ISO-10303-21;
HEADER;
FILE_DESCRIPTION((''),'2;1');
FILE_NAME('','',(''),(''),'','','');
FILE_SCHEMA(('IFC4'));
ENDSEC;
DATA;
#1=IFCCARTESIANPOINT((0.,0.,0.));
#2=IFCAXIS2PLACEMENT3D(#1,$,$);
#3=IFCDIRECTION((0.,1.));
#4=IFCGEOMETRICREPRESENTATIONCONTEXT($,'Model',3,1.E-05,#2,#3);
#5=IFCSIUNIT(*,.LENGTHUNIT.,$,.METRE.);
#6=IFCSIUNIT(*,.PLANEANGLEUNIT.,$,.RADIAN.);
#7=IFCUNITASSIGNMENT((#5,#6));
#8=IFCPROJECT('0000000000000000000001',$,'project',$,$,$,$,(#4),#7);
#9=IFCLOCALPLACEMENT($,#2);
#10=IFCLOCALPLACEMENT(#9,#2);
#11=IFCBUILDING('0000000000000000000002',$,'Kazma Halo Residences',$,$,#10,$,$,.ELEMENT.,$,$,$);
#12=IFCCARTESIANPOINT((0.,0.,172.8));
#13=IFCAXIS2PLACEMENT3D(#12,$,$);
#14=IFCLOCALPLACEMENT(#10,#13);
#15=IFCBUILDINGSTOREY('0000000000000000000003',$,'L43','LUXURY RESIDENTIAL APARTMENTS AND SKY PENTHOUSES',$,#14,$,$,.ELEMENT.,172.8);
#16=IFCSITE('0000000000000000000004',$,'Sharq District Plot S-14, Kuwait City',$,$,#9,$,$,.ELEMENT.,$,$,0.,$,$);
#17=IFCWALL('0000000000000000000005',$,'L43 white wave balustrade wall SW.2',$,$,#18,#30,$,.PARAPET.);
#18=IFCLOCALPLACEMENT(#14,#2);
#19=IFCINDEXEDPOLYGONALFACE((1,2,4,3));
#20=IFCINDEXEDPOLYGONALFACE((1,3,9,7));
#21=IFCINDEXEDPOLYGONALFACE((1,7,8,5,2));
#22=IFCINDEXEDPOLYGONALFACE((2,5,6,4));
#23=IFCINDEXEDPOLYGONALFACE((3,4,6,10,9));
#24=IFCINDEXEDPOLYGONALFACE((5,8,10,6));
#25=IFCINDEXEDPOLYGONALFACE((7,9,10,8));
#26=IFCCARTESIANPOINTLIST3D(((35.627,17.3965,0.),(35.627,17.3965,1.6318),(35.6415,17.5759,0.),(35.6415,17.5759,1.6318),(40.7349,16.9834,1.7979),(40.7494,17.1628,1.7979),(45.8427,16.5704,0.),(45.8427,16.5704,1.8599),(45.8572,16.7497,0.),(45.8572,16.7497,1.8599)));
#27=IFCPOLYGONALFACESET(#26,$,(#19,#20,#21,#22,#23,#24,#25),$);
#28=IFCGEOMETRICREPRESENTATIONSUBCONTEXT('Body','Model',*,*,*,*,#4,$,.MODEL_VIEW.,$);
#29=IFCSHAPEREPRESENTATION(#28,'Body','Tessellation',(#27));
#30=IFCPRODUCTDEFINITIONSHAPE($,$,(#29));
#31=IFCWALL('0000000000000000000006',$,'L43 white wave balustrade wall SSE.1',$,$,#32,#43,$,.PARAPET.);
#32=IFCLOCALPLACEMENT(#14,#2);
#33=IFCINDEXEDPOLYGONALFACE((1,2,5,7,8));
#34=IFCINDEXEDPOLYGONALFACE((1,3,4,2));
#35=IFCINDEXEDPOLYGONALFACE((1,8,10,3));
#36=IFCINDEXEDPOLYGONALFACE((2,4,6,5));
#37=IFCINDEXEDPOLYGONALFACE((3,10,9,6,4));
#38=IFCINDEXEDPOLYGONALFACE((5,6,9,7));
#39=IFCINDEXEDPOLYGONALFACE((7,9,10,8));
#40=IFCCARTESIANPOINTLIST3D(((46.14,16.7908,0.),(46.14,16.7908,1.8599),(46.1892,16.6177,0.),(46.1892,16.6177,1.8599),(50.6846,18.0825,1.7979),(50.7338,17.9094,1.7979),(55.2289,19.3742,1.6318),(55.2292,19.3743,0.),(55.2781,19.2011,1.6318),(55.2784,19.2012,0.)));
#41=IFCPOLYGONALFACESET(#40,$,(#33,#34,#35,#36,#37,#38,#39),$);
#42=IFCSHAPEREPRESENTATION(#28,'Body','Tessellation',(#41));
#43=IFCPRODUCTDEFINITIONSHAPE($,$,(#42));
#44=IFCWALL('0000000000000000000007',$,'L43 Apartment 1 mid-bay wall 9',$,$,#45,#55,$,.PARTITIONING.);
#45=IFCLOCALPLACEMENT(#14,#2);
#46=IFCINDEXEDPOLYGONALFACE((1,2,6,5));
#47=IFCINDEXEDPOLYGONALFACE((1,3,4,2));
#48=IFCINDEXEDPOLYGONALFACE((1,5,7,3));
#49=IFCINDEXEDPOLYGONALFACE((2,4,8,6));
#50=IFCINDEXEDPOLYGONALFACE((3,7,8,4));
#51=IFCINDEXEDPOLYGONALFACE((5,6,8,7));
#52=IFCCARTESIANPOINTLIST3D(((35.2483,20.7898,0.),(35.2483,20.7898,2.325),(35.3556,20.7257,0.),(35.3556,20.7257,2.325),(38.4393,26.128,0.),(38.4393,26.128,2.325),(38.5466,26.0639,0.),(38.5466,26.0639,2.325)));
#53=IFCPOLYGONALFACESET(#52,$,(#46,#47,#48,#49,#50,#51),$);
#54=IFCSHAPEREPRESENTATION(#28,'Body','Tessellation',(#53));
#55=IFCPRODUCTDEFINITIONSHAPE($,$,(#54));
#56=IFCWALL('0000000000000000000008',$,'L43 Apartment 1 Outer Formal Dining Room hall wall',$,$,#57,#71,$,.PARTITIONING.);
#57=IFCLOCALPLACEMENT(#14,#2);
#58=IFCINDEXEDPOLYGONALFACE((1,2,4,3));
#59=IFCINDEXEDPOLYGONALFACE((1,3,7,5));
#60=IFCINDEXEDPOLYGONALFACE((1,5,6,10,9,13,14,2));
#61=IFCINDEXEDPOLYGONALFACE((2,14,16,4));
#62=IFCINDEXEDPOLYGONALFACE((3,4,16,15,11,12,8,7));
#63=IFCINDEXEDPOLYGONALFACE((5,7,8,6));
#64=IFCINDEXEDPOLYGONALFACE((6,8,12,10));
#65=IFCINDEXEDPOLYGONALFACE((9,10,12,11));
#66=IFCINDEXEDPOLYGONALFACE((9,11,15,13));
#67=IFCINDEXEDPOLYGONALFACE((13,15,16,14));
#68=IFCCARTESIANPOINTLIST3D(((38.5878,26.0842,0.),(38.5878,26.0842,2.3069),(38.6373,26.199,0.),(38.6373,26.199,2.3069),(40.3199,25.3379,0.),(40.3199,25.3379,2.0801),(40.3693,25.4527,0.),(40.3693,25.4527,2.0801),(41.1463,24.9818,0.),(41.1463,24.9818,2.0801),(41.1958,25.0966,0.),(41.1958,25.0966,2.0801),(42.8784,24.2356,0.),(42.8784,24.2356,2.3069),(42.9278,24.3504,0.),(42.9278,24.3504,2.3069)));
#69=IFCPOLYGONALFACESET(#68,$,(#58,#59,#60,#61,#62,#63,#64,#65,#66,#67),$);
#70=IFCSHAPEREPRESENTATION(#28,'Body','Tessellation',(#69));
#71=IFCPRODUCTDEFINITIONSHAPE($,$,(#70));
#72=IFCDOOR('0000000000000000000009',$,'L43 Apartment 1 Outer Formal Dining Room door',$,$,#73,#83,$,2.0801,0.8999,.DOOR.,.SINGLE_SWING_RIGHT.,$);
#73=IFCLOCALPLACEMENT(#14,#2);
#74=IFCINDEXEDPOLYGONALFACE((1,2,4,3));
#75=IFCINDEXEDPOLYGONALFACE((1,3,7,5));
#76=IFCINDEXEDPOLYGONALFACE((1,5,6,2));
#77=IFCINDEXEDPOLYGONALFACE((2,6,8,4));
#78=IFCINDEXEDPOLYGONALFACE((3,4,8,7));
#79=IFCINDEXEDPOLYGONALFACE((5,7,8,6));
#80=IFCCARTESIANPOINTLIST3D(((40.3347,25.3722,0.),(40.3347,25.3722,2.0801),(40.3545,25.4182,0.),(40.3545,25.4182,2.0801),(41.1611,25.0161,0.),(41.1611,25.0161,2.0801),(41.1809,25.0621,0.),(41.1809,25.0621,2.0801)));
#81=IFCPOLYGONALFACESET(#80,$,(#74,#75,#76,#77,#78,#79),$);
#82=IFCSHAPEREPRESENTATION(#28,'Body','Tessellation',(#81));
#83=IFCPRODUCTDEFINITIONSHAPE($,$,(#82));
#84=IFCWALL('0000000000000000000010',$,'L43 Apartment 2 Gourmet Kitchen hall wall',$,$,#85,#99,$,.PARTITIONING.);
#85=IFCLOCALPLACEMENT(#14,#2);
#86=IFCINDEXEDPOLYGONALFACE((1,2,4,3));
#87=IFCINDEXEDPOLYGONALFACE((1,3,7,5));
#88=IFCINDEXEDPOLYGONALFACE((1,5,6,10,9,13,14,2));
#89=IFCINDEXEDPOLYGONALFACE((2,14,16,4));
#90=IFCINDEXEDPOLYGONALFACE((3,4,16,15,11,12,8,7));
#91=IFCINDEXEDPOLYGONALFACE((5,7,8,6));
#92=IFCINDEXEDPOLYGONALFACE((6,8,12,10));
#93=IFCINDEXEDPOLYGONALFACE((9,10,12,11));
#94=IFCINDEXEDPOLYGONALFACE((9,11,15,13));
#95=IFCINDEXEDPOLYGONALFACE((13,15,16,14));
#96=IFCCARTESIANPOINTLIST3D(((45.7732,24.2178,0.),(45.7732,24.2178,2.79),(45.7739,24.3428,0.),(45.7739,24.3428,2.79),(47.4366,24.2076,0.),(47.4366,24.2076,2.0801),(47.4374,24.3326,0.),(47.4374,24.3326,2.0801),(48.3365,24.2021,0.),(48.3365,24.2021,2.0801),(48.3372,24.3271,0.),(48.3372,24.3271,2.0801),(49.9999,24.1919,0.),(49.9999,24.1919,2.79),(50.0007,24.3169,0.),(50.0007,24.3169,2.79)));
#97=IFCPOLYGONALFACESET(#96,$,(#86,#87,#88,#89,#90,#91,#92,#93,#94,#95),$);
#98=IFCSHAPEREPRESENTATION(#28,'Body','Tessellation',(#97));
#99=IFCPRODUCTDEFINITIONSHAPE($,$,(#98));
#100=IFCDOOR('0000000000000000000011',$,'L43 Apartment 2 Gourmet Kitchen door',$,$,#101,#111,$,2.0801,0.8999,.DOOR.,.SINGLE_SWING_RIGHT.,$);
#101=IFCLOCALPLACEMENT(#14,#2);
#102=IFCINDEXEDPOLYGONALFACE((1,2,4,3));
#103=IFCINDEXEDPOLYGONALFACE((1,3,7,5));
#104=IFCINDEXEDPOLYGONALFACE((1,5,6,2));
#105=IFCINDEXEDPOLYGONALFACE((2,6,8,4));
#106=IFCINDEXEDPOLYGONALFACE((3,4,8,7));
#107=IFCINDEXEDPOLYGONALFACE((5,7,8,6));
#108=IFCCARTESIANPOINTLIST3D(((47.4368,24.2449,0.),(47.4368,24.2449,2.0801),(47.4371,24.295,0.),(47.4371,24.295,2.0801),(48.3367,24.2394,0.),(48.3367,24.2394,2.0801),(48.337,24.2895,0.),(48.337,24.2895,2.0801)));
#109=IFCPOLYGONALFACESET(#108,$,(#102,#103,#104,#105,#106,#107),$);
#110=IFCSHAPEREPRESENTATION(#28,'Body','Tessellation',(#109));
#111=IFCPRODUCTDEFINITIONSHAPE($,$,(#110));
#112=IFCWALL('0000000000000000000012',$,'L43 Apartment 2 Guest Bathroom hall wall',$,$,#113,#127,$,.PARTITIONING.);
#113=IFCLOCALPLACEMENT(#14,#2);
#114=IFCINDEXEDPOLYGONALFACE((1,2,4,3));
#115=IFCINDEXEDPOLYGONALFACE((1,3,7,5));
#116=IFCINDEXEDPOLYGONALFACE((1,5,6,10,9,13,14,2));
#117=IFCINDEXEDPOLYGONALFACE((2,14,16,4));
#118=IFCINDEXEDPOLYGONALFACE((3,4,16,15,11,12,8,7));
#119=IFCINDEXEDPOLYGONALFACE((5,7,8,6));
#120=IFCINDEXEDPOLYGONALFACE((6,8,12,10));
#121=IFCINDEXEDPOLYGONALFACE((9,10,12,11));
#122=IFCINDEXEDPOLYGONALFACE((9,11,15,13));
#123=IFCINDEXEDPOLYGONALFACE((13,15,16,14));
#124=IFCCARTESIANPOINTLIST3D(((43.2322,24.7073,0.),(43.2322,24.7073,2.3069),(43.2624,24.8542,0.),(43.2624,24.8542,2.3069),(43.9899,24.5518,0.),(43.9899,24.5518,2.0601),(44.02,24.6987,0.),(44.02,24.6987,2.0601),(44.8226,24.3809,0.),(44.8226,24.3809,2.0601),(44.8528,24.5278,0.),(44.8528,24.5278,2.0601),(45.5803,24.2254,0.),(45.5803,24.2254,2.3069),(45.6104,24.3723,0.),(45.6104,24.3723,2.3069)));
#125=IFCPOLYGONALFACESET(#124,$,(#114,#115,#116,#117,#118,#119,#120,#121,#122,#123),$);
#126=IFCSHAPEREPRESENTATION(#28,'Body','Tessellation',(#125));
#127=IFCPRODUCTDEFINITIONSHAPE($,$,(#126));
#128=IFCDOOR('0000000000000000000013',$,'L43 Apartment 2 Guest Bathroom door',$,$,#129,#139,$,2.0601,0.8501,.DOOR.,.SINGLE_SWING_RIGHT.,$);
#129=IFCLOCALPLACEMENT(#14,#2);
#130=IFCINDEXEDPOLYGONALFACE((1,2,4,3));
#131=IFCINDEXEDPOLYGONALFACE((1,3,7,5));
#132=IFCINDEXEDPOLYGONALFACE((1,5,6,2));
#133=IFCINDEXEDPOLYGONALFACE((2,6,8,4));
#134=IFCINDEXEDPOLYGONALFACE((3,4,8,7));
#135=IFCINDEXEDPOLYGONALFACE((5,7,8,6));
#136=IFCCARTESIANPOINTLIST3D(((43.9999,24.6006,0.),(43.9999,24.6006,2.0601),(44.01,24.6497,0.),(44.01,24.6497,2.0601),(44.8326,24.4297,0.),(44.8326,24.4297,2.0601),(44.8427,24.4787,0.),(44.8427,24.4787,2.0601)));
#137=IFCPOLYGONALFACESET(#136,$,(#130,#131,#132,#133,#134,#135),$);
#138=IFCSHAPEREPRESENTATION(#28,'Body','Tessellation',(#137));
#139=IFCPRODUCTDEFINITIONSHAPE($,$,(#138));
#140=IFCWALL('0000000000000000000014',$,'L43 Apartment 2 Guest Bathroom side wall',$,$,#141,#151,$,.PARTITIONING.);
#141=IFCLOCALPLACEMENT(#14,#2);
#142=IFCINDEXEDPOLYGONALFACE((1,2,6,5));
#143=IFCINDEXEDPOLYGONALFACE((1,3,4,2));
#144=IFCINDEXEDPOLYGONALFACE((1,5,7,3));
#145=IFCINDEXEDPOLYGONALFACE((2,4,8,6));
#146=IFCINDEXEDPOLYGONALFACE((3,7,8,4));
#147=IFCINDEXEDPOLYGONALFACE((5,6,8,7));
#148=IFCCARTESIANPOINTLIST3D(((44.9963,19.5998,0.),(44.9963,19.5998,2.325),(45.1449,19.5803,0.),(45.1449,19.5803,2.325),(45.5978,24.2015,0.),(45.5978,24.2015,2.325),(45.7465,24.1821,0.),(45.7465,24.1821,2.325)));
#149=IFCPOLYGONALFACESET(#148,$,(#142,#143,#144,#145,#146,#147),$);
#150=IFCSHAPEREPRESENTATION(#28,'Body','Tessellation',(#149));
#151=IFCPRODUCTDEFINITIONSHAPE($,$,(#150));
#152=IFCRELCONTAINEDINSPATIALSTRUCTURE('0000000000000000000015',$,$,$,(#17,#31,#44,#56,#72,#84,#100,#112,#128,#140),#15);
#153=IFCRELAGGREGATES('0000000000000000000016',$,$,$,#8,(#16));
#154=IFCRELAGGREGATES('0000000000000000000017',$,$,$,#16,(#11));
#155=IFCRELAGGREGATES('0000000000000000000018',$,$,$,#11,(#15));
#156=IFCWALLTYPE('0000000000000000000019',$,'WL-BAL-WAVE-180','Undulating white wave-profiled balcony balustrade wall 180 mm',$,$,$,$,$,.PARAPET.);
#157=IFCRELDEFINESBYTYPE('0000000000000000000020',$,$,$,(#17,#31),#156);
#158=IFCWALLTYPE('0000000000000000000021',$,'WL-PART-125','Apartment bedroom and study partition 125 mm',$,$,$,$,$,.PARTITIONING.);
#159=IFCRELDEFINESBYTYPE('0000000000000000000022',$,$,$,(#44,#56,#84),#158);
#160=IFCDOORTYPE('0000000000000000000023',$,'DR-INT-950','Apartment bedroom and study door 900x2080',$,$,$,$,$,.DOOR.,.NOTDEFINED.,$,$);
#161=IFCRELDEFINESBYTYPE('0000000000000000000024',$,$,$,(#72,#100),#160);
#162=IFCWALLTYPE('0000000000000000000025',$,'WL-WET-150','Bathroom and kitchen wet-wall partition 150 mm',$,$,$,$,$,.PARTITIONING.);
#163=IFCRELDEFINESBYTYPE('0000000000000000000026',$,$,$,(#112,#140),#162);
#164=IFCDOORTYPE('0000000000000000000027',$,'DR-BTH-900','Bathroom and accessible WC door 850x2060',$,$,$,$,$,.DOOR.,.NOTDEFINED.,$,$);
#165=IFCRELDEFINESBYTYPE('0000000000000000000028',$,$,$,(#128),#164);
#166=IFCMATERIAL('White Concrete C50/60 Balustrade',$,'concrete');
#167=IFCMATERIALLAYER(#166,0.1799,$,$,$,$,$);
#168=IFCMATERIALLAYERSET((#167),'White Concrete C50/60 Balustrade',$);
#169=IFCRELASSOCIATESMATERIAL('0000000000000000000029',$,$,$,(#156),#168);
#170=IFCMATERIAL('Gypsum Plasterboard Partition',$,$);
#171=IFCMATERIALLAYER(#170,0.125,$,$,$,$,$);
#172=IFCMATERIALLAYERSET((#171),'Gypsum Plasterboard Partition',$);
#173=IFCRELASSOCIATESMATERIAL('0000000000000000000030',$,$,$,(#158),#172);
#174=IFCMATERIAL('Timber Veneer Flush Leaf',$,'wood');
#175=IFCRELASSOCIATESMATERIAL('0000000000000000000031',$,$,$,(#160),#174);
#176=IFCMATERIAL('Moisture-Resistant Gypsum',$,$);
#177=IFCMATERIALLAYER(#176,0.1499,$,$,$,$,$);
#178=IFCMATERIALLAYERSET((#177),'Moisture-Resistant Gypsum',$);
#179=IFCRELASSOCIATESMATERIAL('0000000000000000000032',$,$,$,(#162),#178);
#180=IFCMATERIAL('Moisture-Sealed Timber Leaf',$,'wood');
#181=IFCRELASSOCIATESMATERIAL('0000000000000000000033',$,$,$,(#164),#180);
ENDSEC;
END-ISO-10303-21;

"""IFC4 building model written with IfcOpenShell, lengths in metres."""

from ifc_helpers import new_model, si_unit, direction, frame, frame_2d, origin, place, context, subcontext, project, spatial, polyline, rectangle, outline, extrude, material, layer, layer_set, type_object, element, fill, save


model = new_model("IFC4")

# Units and contexts
model_context = context("Model", 3, precision=1e-05, world=origin(), true_north=direction((0.0, 1.0)))
body_context = subcontext(model_context, "Body", "Model", "MODEL_VIEW")
ifc_project = project(units=[si_unit("LENGTHUNIT", "METRE"), si_unit("PLANEANGLEUNIT", "RADIAN")], contexts=[model_context])

# Site, building, storey
site_placement = place(None, origin())
site = spatial("IfcSite", under=ifc_project, at=site_placement, Name="Sharq District Plot S-14, Kuwait City", CompositionType="ELEMENT", RefElevation=0.0)
building_placement = place(site_placement, origin())
building = spatial("IfcBuilding", under=site, at=building_placement, Name="Kazma Halo Residences", CompositionType="ELEMENT")
storey_placement = place(building_placement, frame((0.0, 0.0, 172.8)))
storey = spatial("IfcBuildingStorey", under=building, at=storey_placement, Name="L43", Description="LUXURY RESIDENTIAL APARTMENTS AND SKY PENTHOUSES", CompositionType="ELEMENT", Elevation=172.8)

# Walls
ifc_material_1 = material(Name="White Concrete C50/60 Balustrade", Category="concrete")
ifc_layer_1 = layer(ifc_material_1, 0.1799)
ifc_layer_set_1 = layer_set([ifc_layer_1], Name="White Concrete C50/60 Balustrade")
wall_type_1 = type_object("IfcWallType", Name="WL-BAL-WAVE-180", Description="Undulating white wave-profiled balcony balustrade wall 180 mm", PredefinedType="PARAPET", material=ifc_layer_set_1)
wall_1_placement = place(storey_placement, frame((35.6343, 17.4863, 0.0), z_axis=(0.0, 0.0, 1.0), x_axis=(0.996746, -0.080611, 0.0)))
element("IfcWall", 1, at=wall_1_placement, inside=storey, type_object=wall_type_1, Name="L43 white wave balustrade wall SW.2", PredefinedType="PARAPET", context=body_context, shape_type="SweptSolid", body=[
    extrude(outline(polyline([(0.0, 0.0), (10.249, 0.0), (10.249, 1.8599), (5.1245, 1.7979), (0.0, 1.6318), (0.0, 0.0)])), frame((0.0, 0.0898, 0.0), z_axis=(0.0, -1.0, 0.0), x_axis=(1.0, 0.0, 0.0)), (0.0, 0.0, 1.0), 0.1799),
])
wall_2_placement = place(storey_placement, frame((46.1646, 16.7043, 0.0), z_axis=(0.0, 0.0, 1.0), x_axis=(0.961897, 0.27341, 0.0)))
element("IfcWall", 2, at=wall_2_placement, inside=storey, type_object=wall_type_1, Name="L43 white wave balustrade wall SSE.1", PredefinedType="PARAPET", context=body_context, shape_type="SweptSolid", body=[
    extrude(outline(polyline([(0.0, 0.0), (9.4492, 0.0), (9.449, 1.6318), (4.7246, 1.7979), (0.0, 1.8599), (0.0, 0.0)])), frame((0.0, 0.0898, 0.0), z_axis=(0.0, -1.0, 0.0), x_axis=(1.0, 0.0, 0.0)), (0.0, 0.0, 1.0), 0.1799),
])
ifc_material_2 = material(Name="Gypsum Plasterboard Partition")
ifc_layer_2 = layer(ifc_material_2, 0.125)
ifc_layer_set_2 = layer_set([ifc_layer_2], Name="Gypsum Plasterboard Partition")
wall_type_2 = type_object("IfcWallType", Name="WL-PART-125", Description="Apartment bedroom and study partition 125 mm", PredefinedType="PARTITIONING", material=ifc_layer_set_2)
wall_3_placement = place(storey_placement, frame((38.4929, 26.0959, 0.0), z_axis=(0.0, 0.0, 1.0), x_axis=(-0.513081, -0.85834, 0.0)))
element("IfcWall", 3, at=wall_3_placement, inside=storey, type_object=wall_type_2, Name="L43 Apartment 1 mid-bay wall 9", PredefinedType="PARTITIONING", context=body_context, shape_type="SweptSolid", body=[
    extrude(rectangle(XDim=6.2192, YDim=0.125, at=frame_2d((3.1096, 0.0))), origin(), (0.0, 0.0, 1.0), 2.325),
])

# Walls, openings, doors
wall_4_placement = place(storey_placement, frame((38.6125, 26.1416, 0.0), z_axis=(0.0, 0.0, 1.0), x_axis=(0.918381, -0.395697, 0.0)))
wall_4 = element("IfcWall", 4, at=wall_4_placement, inside=storey, type_object=wall_type_2, Name="L43 Apartment 1 Outer Formal Dining Room hall wall", PredefinedType="PARTITIONING", context=body_context, shape_type="SweptSolid", body=[
    extrude(rectangle(XDim=4.6719, YDim=0.125, at=frame_2d((2.3359, 0.0))), origin(), (0.0, 0.0, 1.0), 2.3069),
])
opening_1_placement = place(wall_4_placement, frame((1.886, 0.0, 0.0)))
opening_1 = element("IfcOpeningElement", 5, at=opening_1_placement, cuts=wall_4, PredefinedType="OPENING", context=body_context, shape_type="SweptSolid", body=[
    extrude(rectangle(XDim=0.8999, YDim=2.0801, at=frame_2d((0.45, 1.04))), frame((0.0, 0.0725, 0.0), z_axis=(0.0, -1.0, 0.0), x_axis=(1.0, 0.0, 0.0)), (0.0, 0.0, 1.0), 0.145),
])
ifc_material_3 = material(Name="Timber Veneer Flush Leaf", Category="wood")
door_type_1 = type_object("IfcDoorType", Name="DR-INT-950", Description="Apartment bedroom and study door 900x2080", OperationType="NOTDEFINED", PredefinedType="DOOR", material=ifc_material_3)
door_1_placement = place(opening_1_placement, origin())
door_1 = element("IfcDoor", 6, at=door_1_placement, inside=storey, type_object=door_type_1, Name="L43 Apartment 1 Outer Formal Dining Room door", OperationType="SINGLE_SWING_RIGHT", OverallHeight=2.0801, OverallWidth=0.8999, PredefinedType="DOOR", context=body_context, shape_type="SweptSolid", body=[
    extrude(rectangle(XDim=0.8999, YDim=2.0801, at=frame_2d((0.45, 1.04))), frame((0.0, 0.0249, 0.0), z_axis=(0.0, -1.0, 0.0), x_axis=(1.0, 0.0, 0.0)), (0.0, 0.0, 1.0), 0.05),
])
fill(opening_1, door_1)
wall_5_placement = place(storey_placement, frame((45.7737, 24.2803, 0.0), z_axis=(0.0, 0.0, 1.0), x_axis=(0.999981, -0.006122, 0.0)))
wall_5 = element("IfcWall", 7, at=wall_5_placement, inside=storey, type_object=wall_type_2, Name="L43 Apartment 2 Gourmet Kitchen hall wall", PredefinedType="PARTITIONING", context=body_context, shape_type="SweptSolid", body=[
    extrude(rectangle(XDim=4.2268, YDim=0.125, at=frame_2d((2.1133, 0.0))), origin(), (0.0, 0.0, 1.0), 2.79),
])
opening_2_placement = place(wall_5_placement, frame((1.6633, 0.0, 0.0)))
opening_2 = element("IfcOpeningElement", 8, at=opening_2_placement, cuts=wall_5, PredefinedType="OPENING", context=body_context, shape_type="SweptSolid", body=[
    extrude(rectangle(XDim=0.8999, YDim=2.0801, at=frame_2d((0.45, 1.04))), frame((0.0, 0.0725, 0.0), z_axis=(0.0, -1.0, 0.0), x_axis=(1.0, 0.0, 0.0)), (0.0, 0.0, 1.0), 0.145),
])
door_2_placement = place(opening_2_placement, origin())
door_2 = element("IfcDoor", 9, at=door_2_placement, inside=storey, type_object=door_type_1, Name="L43 Apartment 2 Gourmet Kitchen door", OperationType="SINGLE_SWING_RIGHT", OverallHeight=2.0801, OverallWidth=0.8999, PredefinedType="DOOR", context=body_context, shape_type="SweptSolid", body=[
    extrude(rectangle(XDim=0.8999, YDim=2.0801, at=frame_2d((0.45, 1.04))), frame((0.0, 0.0249, 0.0), z_axis=(0.0, -1.0, 0.0), x_axis=(1.0, 0.0, 0.0)), (0.0, 0.0, 1.0), 0.05),
])
fill(opening_2, door_2)
ifc_material_4 = material(Name="Moisture-Resistant Gypsum")
ifc_layer_3 = layer(ifc_material_4, 0.1499)
ifc_layer_set_3 = layer_set([ifc_layer_3], Name="Moisture-Resistant Gypsum")
wall_type_3 = type_object("IfcWallType", Name="WL-WET-150", Description="Bathroom and kitchen wet-wall partition 150 mm", PredefinedType="PARTITIONING", material=ifc_layer_set_3)
wall_6_placement = place(storey_placement, frame((43.2473, 24.7808, 0.0), z_axis=(0.0, 0.0, 1.0), x_axis=(0.979581, -0.201049, 0.0)))
wall_6 = element("IfcWall", 10, at=wall_6_placement, inside=storey, type_object=wall_type_3, Name="L43 Apartment 2 Guest Bathroom hall wall", PredefinedType="PARTITIONING", context=body_context, shape_type="SweptSolid", body=[
    extrude(rectangle(XDim=2.397, YDim=0.1499, at=frame_2d((1.1985, 0.0))), origin(), (0.0, 0.0, 1.0), 2.3069),
])
opening_3_placement = place(wall_6_placement, frame((0.7734, 0.0, 0.0)))
opening_3 = element("IfcOpeningElement", 11, at=opening_3_placement, cuts=wall_6, PredefinedType="OPENING", context=body_context, shape_type="SweptSolid", body=[
    extrude(rectangle(XDim=0.8501, YDim=2.0601, at=frame_2d((0.425, 1.03))), frame((0.0, 0.085, 0.0), z_axis=(0.0, -1.0, 0.0), x_axis=(1.0, 0.0, 0.0)), (0.0, 0.0, 1.0), 0.1699),
])
ifc_material_5 = material(Name="Moisture-Sealed Timber Leaf", Category="wood")
door_type_2 = type_object("IfcDoorType", Name="DR-BTH-900", Description="Bathroom and accessible WC door 850x2060", OperationType="NOTDEFINED", PredefinedType="DOOR", material=ifc_material_5)
door_3_placement = place(opening_3_placement, origin())
door_3 = element("IfcDoor", 12, at=door_3_placement, inside=storey, type_object=door_type_2, Name="L43 Apartment 2 Guest Bathroom door", OperationType="SINGLE_SWING_RIGHT", OverallHeight=2.0601, OverallWidth=0.8501, PredefinedType="DOOR", context=body_context, shape_type="SweptSolid", body=[
    extrude(rectangle(XDim=0.8501, YDim=2.0601, at=frame_2d((0.425, 1.03))), frame((0.0, 0.0249, 0.0), z_axis=(0.0, -1.0, 0.0), x_axis=(1.0, 0.0, 0.0)), (0.0, 0.0, 1.0), 0.05),
])
fill(opening_3, door_3)

# Wall
wall_7_placement = place(storey_placement, frame((45.6721, 24.1917, 0.0), z_axis=(0.0, 0.0, 1.0), x_axis=(-0.12962, -0.991564, 0.0)))
element("IfcWall", 13, at=wall_7_placement, inside=storey, type_object=wall_type_3, Name="L43 Apartment 2 Guest Bathroom side wall", PredefinedType="PARTITIONING", context=body_context, shape_type="SweptSolid", body=[
    extrude(rectangle(XDim=4.6409, YDim=0.1499, at=frame_2d((2.3203, 0.0))), origin(), (0.0, 0.0, 1.0), 2.325),
])

save(model, "model.ifc")
